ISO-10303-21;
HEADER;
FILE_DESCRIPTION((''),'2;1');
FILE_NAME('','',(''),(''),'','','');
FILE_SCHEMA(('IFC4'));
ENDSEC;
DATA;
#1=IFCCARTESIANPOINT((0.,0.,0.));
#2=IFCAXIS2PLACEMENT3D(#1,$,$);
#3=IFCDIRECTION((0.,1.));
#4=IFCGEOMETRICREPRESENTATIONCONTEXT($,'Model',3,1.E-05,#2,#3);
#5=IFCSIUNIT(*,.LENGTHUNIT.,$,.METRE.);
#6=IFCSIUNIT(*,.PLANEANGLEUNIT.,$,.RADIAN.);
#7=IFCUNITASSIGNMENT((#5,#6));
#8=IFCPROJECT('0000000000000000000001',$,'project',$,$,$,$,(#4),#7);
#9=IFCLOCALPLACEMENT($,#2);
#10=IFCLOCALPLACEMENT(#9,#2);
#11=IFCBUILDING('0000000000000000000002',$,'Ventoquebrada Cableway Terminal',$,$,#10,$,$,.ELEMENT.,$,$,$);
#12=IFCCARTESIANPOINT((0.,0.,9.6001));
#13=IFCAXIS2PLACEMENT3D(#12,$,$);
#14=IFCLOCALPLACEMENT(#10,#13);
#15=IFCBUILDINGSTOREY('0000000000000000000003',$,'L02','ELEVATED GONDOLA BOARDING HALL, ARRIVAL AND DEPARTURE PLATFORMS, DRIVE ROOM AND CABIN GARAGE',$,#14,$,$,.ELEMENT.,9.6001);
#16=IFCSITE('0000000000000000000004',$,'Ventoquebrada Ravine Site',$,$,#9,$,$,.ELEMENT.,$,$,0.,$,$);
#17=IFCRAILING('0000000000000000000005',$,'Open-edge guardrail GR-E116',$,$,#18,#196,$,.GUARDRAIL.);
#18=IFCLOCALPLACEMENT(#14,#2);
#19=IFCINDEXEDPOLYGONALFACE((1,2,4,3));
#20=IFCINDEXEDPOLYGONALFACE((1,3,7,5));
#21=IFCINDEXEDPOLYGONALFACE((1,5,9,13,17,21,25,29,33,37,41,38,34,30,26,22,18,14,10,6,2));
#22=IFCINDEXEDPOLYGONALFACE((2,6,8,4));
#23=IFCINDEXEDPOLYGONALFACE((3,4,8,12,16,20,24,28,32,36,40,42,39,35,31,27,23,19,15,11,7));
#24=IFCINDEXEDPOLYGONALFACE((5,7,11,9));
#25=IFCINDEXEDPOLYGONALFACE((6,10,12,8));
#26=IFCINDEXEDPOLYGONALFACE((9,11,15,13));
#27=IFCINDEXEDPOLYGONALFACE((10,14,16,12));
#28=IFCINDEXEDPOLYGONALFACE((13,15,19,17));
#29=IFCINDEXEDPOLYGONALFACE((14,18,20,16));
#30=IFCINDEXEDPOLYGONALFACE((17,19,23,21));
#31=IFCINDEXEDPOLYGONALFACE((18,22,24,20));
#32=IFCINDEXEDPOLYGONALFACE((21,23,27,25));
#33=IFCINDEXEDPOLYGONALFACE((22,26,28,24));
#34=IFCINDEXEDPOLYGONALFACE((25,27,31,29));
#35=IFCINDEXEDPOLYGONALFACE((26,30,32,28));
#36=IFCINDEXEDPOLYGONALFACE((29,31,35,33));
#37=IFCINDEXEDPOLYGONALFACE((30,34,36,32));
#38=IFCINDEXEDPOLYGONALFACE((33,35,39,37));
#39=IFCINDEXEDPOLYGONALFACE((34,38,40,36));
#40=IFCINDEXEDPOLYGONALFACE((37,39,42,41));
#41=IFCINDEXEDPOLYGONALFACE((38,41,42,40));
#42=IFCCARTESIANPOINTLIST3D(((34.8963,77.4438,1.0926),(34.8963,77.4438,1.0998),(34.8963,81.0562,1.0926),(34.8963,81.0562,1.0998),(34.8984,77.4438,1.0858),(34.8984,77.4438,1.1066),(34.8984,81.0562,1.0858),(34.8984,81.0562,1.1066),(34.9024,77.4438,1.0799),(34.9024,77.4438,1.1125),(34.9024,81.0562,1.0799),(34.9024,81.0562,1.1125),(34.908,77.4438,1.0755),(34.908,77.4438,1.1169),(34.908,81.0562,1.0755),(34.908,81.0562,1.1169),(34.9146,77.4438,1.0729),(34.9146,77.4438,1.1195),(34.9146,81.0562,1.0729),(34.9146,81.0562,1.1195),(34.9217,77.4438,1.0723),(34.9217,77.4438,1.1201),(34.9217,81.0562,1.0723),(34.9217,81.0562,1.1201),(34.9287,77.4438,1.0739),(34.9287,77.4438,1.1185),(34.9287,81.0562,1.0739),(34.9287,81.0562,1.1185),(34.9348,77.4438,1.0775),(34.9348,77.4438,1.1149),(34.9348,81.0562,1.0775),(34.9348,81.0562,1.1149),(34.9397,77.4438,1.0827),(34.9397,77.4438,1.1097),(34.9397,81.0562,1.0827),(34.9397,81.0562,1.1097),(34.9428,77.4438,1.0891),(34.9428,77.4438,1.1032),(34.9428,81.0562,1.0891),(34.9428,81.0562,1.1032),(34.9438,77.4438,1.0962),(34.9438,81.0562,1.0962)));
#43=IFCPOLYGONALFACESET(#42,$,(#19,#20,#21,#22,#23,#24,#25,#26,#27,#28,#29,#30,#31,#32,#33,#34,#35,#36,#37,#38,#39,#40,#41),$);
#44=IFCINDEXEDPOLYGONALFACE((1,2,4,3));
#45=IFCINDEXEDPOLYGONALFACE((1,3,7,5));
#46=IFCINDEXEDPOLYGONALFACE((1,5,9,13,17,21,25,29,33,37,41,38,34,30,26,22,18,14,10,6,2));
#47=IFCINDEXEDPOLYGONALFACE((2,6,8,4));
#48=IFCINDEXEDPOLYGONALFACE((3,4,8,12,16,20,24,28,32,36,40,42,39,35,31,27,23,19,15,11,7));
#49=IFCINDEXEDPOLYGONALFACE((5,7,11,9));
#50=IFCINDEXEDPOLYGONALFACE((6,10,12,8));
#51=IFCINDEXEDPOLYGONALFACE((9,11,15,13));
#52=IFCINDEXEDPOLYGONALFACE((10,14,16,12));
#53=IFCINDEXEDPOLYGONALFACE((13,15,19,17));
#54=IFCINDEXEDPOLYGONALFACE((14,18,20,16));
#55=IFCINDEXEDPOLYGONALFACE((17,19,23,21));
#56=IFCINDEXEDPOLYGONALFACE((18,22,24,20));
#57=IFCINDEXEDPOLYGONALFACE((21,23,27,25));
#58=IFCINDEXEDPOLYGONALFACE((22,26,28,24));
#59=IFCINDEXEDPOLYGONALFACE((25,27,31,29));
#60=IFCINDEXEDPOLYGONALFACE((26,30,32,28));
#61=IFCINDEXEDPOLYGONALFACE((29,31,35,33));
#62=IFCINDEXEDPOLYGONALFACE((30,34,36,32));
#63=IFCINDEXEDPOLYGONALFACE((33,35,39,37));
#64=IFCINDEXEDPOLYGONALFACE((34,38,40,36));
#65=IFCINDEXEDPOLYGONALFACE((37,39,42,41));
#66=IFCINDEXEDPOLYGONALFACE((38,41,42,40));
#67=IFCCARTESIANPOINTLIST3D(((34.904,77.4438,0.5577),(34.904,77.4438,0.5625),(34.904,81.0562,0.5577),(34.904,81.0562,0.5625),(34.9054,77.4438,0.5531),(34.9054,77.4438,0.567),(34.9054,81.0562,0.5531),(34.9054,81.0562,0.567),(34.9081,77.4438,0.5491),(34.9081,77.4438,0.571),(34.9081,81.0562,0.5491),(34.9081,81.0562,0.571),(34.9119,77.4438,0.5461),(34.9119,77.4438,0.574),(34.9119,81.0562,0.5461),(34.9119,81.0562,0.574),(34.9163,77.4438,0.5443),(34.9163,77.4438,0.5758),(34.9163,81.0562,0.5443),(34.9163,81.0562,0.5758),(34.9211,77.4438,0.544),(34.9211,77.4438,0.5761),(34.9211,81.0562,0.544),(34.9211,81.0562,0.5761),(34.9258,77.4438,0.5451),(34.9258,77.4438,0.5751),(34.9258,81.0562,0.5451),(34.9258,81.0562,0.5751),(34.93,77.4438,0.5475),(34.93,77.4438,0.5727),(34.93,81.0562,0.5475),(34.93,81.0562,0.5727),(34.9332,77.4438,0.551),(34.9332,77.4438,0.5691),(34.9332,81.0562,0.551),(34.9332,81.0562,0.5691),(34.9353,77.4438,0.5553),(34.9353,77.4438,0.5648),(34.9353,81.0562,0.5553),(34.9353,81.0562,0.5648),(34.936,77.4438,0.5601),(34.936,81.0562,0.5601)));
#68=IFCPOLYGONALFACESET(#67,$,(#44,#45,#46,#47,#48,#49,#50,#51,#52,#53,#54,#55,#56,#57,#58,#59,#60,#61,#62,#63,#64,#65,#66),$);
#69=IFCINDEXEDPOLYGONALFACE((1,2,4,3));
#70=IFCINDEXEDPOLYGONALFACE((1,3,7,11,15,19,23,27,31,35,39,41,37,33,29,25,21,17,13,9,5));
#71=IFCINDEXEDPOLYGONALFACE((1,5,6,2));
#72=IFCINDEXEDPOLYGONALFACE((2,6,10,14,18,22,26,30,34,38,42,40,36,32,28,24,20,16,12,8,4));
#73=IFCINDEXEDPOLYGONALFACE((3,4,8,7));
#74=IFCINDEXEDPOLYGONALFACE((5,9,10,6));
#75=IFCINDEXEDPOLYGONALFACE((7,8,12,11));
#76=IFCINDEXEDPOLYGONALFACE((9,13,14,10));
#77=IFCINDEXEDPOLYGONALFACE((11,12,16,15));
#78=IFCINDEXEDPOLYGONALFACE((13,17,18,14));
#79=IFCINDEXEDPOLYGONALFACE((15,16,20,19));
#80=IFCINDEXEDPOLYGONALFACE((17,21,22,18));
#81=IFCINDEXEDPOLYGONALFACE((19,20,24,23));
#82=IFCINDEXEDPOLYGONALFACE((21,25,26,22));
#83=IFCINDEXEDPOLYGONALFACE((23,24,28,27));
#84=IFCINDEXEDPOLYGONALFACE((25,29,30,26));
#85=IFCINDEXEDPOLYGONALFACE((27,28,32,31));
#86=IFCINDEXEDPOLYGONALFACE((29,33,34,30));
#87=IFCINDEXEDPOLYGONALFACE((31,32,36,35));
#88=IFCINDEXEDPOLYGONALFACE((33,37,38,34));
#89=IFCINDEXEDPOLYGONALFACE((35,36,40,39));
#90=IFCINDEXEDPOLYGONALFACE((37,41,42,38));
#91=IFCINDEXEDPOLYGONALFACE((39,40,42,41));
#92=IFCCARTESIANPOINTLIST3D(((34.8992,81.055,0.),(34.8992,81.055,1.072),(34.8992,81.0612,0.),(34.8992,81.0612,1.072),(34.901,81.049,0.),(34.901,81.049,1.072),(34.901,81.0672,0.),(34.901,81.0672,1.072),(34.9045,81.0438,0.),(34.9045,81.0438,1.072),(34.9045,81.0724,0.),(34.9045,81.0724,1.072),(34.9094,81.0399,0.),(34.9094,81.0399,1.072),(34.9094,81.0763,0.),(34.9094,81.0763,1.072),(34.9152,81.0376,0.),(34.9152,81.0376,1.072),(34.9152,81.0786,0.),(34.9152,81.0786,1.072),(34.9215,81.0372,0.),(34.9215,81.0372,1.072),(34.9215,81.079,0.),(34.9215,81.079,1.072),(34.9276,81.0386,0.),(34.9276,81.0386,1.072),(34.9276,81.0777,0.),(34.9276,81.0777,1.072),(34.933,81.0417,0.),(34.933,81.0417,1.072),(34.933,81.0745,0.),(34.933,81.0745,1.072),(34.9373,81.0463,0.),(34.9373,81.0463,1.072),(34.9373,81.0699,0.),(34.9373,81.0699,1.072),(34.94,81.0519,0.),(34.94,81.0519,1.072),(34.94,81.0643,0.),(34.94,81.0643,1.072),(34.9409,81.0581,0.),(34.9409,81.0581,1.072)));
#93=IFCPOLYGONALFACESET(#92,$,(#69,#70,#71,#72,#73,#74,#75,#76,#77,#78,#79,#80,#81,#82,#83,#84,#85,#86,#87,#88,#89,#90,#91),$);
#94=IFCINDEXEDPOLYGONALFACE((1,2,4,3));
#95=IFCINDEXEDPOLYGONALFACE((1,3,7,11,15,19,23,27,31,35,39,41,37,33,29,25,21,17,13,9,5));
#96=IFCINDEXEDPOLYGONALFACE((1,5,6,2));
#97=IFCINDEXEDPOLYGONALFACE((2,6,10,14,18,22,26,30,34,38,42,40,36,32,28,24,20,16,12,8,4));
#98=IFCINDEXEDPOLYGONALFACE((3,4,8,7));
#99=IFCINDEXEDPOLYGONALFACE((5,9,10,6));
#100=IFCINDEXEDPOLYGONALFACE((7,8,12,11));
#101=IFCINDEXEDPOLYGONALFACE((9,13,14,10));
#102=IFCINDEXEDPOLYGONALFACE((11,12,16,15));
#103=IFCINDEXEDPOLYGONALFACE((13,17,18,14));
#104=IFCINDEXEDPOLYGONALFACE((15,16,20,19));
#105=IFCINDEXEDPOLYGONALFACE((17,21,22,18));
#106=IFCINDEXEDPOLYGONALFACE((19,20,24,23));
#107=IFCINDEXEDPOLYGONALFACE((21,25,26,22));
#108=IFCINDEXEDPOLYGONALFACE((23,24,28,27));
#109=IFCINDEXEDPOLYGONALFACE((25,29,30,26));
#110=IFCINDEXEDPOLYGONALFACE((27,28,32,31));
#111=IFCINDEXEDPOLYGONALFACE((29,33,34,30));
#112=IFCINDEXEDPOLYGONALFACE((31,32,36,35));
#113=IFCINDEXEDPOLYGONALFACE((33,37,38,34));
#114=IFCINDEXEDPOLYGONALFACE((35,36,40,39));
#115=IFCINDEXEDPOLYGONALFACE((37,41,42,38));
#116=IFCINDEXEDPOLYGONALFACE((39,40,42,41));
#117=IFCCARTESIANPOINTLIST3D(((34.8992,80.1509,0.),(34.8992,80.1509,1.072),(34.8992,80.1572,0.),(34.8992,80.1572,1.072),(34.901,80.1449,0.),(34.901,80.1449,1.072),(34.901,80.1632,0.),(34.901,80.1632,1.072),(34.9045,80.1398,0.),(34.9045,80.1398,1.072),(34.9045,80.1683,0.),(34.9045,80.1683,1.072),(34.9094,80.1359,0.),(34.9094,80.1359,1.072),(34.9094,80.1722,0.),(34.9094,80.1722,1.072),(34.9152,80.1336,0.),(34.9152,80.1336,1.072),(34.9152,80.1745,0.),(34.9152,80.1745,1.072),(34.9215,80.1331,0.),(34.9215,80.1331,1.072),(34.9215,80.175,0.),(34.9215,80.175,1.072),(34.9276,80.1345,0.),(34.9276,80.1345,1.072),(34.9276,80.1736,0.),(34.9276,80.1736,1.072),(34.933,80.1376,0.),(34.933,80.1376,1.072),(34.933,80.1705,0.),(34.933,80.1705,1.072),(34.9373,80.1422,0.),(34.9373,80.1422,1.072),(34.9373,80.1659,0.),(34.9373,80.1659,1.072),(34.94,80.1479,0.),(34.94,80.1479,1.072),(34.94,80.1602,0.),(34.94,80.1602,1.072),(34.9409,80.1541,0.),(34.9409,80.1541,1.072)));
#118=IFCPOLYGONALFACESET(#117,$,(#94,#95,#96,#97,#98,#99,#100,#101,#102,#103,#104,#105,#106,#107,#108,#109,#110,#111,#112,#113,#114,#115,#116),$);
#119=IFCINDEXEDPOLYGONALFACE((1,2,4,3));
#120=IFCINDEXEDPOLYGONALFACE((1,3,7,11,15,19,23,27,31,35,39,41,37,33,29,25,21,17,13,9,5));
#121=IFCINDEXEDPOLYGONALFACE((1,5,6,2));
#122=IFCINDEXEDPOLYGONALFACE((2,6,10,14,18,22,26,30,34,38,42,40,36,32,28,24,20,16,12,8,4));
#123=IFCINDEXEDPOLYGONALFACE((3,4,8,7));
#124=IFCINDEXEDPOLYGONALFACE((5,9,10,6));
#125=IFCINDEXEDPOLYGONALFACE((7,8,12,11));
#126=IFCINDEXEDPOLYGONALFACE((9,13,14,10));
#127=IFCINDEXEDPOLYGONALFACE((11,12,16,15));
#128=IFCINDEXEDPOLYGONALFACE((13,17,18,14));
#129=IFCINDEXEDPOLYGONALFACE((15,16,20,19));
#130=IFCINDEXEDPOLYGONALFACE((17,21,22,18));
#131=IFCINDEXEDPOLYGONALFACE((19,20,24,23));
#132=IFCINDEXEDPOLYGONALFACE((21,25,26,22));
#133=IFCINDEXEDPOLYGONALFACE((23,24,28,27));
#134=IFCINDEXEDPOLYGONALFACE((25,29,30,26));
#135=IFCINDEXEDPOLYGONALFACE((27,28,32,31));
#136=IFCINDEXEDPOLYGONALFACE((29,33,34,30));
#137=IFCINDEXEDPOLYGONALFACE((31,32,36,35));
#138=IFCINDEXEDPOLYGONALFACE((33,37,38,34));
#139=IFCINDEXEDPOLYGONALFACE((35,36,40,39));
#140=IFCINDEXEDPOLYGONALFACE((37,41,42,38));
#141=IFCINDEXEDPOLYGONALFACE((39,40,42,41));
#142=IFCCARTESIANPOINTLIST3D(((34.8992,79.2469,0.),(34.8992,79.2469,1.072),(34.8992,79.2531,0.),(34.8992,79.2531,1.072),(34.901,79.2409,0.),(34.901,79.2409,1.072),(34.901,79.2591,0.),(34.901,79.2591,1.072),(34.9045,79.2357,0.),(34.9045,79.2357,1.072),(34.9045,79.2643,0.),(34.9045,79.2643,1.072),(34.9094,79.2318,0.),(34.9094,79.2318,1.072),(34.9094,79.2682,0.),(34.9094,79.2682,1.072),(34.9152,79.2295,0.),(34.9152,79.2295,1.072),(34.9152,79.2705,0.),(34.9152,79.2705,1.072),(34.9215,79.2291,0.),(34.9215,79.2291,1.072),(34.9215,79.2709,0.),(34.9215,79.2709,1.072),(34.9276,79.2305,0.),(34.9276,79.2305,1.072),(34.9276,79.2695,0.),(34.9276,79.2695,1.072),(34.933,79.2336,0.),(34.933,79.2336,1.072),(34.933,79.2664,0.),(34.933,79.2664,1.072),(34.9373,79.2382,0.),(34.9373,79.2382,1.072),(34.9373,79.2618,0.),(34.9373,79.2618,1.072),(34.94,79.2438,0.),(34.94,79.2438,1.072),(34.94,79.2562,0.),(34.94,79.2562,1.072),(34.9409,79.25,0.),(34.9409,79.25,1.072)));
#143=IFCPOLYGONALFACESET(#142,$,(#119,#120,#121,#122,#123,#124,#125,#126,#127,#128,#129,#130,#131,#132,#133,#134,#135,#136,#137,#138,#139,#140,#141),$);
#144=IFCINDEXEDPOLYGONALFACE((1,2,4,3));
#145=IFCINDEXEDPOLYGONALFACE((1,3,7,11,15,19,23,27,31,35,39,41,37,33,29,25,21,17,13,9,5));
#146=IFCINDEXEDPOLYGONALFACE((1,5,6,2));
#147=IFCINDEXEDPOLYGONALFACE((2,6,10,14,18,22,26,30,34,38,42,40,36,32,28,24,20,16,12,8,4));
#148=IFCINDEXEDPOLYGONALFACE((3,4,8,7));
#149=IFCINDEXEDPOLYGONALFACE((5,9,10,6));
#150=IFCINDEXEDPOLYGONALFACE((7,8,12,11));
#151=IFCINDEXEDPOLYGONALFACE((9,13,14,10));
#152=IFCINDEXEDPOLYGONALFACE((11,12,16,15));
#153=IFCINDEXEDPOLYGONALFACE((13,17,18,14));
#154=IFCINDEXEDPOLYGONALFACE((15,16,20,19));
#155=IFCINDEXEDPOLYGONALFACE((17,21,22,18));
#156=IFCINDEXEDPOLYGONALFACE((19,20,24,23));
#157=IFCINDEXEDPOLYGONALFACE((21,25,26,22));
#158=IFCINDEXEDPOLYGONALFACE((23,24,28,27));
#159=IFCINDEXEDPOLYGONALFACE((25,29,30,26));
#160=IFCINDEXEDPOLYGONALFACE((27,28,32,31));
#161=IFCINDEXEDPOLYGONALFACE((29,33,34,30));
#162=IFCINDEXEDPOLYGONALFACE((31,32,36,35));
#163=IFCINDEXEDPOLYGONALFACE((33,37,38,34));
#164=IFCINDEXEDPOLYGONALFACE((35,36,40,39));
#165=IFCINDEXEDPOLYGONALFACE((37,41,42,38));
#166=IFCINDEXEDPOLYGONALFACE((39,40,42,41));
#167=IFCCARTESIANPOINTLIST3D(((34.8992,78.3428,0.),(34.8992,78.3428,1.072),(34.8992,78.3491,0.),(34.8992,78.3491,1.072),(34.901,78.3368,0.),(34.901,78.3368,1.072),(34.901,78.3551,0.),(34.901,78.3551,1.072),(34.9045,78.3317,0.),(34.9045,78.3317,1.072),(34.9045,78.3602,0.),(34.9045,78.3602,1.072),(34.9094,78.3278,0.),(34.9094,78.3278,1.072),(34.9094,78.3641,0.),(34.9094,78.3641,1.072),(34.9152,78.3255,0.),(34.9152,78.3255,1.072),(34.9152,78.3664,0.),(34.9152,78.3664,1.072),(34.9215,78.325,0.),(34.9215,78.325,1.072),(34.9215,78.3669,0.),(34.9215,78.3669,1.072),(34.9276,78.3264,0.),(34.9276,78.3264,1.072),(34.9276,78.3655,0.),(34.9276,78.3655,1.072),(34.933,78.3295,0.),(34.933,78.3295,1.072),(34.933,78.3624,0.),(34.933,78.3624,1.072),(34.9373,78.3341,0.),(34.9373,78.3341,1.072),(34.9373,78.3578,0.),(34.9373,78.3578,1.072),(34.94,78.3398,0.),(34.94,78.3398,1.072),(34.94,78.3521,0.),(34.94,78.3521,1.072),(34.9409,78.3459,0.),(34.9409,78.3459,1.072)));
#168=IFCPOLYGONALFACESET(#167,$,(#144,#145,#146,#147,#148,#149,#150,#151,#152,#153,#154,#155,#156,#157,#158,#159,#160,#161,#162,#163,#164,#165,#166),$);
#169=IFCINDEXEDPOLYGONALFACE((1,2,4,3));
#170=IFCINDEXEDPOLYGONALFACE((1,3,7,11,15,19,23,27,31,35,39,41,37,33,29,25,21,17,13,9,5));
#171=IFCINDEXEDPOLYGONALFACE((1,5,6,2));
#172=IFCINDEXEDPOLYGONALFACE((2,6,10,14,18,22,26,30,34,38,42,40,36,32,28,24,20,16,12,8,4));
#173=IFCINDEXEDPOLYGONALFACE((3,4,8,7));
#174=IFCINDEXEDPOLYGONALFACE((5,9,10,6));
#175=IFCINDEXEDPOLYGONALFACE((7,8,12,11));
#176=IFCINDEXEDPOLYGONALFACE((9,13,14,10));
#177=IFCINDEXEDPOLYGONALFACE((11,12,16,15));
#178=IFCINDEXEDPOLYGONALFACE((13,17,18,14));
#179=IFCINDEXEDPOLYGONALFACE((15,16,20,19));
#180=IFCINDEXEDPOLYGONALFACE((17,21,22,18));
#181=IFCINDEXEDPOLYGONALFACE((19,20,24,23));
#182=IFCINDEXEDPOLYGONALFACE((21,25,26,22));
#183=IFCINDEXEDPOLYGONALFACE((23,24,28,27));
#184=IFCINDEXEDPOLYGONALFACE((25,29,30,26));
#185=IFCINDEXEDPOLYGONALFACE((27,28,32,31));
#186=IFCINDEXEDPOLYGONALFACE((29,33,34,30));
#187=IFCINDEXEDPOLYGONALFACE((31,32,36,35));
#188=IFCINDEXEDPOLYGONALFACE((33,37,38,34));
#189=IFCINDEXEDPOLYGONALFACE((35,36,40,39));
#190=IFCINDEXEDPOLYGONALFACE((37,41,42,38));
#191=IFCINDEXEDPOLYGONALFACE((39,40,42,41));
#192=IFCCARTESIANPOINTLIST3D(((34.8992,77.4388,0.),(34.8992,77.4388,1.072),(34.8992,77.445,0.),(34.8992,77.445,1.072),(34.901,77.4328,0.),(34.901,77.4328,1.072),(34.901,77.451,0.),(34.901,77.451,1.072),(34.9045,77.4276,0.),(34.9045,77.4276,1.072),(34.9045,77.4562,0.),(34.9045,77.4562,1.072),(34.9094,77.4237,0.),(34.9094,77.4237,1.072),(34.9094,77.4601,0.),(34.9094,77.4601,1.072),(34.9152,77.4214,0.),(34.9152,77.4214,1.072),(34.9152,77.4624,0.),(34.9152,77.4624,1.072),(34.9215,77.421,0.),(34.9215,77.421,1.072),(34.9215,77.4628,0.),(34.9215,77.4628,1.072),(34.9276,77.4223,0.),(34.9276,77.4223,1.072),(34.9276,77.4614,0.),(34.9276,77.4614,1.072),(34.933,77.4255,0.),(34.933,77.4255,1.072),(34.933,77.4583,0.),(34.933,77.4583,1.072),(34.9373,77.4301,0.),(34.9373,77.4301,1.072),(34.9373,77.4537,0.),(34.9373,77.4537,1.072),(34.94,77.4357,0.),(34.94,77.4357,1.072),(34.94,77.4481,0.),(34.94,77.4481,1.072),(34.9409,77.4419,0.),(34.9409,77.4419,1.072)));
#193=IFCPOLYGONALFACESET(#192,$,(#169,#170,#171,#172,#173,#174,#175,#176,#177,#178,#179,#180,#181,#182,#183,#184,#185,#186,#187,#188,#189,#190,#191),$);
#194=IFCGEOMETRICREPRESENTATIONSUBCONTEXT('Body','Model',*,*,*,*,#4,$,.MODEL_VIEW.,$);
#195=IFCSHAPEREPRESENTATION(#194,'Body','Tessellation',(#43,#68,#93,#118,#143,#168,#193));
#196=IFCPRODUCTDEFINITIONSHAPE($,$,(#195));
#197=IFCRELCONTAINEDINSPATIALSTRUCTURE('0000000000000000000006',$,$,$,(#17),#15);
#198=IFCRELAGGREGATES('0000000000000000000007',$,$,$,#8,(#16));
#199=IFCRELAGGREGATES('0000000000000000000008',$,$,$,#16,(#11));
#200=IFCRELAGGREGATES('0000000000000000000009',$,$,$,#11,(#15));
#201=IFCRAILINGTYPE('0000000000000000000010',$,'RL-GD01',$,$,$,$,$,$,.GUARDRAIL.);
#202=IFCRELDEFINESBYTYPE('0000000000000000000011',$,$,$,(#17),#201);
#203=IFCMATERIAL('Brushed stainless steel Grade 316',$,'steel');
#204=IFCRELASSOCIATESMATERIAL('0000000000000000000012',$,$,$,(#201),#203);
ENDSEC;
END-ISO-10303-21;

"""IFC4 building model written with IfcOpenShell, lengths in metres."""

from ifc_helpers import new_model, si_unit, direction, frame, origin, origin_2d, place, context, subcontext, project, spatial, circle, extrude, material, type_object, element, save


model = new_model("IFC4")

# Units and contexts
model_context = context("Model", 3, precision=1e-05, world=origin(), true_north=direction((0.0, 1.0)))
body_context = subcontext(model_context, "Body", "Model", "MODEL_VIEW")
ifc_project = project(units=[si_unit("LENGTHUNIT", "METRE"), si_unit("PLANEANGLEUNIT", "RADIAN")], contexts=[model_context])

# Site, building, storey
site_placement = place(None, origin())
site = spatial("IfcSite", under=ifc_project, at=site_placement, Name="Ventoquebrada Ravine Site", CompositionType="ELEMENT", RefElevation=0.0)
building_placement = place(site_placement, origin())
building = spatial("IfcBuilding", under=site, at=building_placement, Name="Ventoquebrada Cableway Terminal", CompositionType="ELEMENT")
storey_placement = place(building_placement, frame((0.0, 0.0, 9.6001)))
storey = spatial("IfcBuildingStorey", under=building, at=storey_placement, Name="L02", Description="ELEVATED GONDOLA BOARDING HALL, ARRIVAL AND DEPARTURE PLATFORMS, DRIVE ROOM AND CABIN GARAGE", CompositionType="ELEMENT", Elevation=9.6001)

# Railing
ifc_material_1 = material(Name="Brushed stainless steel Grade 316", Category="steel")
railing_type_1 = type_object("IfcRailingType", Name="RL-GD01", PredefinedType="GUARDRAIL", material=ifc_material_1)
railing_placement = place(storey_placement, frame((34.9199, 81.0581, 0.0)))
element("IfcRailing", 1, at=railing_placement, inside=storey, type_object=railing_type_1, Name="Open-edge guardrail GR-E116", PredefinedType="GUARDRAIL", context=body_context, shape_type="SweptSolid", body=[
    extrude(circle(Radius=0.0239, at=origin_2d()), frame((0.0, -0.002, 1.0962), z_axis=(0.0, -1.0, 0.0), x_axis=(1.0, 0.0, 0.0)), (0.0, 0.0, 1.0), 3.6123),
    extrude(circle(Radius=0.0161, at=origin_2d()), frame((0.0, -0.002, 0.5601), z_axis=(0.0, -1.0, 0.0), x_axis=(1.0, 0.0, 0.0)), (0.0, 0.0, 1.0), 3.6123),
    extrude(circle(Radius=0.021, at=origin_2d()), origin(), (0.0, 0.0, 1.0), 1.072),
    extrude(circle(Radius=0.021, at=origin_2d()), frame((0.0, -0.9041, 0.0)), (0.0, 0.0, 1.0), 1.072),
    extrude(circle(Radius=0.021, at=origin_2d()), frame((0.0, -1.8081, 0.0)), (0.0, 0.0, 1.0), 1.072),
    extrude(circle(Radius=0.021, at=origin_2d()), frame((0.0, -2.7122, 0.0)), (0.0, 0.0, 1.0), 1.072),
    extrude(circle(Radius=0.021, at=origin_2d()), frame((0.0, -3.6162, 0.0)), (0.0, 0.0, 1.0), 1.072),
])

save(model, "model.ifc")
